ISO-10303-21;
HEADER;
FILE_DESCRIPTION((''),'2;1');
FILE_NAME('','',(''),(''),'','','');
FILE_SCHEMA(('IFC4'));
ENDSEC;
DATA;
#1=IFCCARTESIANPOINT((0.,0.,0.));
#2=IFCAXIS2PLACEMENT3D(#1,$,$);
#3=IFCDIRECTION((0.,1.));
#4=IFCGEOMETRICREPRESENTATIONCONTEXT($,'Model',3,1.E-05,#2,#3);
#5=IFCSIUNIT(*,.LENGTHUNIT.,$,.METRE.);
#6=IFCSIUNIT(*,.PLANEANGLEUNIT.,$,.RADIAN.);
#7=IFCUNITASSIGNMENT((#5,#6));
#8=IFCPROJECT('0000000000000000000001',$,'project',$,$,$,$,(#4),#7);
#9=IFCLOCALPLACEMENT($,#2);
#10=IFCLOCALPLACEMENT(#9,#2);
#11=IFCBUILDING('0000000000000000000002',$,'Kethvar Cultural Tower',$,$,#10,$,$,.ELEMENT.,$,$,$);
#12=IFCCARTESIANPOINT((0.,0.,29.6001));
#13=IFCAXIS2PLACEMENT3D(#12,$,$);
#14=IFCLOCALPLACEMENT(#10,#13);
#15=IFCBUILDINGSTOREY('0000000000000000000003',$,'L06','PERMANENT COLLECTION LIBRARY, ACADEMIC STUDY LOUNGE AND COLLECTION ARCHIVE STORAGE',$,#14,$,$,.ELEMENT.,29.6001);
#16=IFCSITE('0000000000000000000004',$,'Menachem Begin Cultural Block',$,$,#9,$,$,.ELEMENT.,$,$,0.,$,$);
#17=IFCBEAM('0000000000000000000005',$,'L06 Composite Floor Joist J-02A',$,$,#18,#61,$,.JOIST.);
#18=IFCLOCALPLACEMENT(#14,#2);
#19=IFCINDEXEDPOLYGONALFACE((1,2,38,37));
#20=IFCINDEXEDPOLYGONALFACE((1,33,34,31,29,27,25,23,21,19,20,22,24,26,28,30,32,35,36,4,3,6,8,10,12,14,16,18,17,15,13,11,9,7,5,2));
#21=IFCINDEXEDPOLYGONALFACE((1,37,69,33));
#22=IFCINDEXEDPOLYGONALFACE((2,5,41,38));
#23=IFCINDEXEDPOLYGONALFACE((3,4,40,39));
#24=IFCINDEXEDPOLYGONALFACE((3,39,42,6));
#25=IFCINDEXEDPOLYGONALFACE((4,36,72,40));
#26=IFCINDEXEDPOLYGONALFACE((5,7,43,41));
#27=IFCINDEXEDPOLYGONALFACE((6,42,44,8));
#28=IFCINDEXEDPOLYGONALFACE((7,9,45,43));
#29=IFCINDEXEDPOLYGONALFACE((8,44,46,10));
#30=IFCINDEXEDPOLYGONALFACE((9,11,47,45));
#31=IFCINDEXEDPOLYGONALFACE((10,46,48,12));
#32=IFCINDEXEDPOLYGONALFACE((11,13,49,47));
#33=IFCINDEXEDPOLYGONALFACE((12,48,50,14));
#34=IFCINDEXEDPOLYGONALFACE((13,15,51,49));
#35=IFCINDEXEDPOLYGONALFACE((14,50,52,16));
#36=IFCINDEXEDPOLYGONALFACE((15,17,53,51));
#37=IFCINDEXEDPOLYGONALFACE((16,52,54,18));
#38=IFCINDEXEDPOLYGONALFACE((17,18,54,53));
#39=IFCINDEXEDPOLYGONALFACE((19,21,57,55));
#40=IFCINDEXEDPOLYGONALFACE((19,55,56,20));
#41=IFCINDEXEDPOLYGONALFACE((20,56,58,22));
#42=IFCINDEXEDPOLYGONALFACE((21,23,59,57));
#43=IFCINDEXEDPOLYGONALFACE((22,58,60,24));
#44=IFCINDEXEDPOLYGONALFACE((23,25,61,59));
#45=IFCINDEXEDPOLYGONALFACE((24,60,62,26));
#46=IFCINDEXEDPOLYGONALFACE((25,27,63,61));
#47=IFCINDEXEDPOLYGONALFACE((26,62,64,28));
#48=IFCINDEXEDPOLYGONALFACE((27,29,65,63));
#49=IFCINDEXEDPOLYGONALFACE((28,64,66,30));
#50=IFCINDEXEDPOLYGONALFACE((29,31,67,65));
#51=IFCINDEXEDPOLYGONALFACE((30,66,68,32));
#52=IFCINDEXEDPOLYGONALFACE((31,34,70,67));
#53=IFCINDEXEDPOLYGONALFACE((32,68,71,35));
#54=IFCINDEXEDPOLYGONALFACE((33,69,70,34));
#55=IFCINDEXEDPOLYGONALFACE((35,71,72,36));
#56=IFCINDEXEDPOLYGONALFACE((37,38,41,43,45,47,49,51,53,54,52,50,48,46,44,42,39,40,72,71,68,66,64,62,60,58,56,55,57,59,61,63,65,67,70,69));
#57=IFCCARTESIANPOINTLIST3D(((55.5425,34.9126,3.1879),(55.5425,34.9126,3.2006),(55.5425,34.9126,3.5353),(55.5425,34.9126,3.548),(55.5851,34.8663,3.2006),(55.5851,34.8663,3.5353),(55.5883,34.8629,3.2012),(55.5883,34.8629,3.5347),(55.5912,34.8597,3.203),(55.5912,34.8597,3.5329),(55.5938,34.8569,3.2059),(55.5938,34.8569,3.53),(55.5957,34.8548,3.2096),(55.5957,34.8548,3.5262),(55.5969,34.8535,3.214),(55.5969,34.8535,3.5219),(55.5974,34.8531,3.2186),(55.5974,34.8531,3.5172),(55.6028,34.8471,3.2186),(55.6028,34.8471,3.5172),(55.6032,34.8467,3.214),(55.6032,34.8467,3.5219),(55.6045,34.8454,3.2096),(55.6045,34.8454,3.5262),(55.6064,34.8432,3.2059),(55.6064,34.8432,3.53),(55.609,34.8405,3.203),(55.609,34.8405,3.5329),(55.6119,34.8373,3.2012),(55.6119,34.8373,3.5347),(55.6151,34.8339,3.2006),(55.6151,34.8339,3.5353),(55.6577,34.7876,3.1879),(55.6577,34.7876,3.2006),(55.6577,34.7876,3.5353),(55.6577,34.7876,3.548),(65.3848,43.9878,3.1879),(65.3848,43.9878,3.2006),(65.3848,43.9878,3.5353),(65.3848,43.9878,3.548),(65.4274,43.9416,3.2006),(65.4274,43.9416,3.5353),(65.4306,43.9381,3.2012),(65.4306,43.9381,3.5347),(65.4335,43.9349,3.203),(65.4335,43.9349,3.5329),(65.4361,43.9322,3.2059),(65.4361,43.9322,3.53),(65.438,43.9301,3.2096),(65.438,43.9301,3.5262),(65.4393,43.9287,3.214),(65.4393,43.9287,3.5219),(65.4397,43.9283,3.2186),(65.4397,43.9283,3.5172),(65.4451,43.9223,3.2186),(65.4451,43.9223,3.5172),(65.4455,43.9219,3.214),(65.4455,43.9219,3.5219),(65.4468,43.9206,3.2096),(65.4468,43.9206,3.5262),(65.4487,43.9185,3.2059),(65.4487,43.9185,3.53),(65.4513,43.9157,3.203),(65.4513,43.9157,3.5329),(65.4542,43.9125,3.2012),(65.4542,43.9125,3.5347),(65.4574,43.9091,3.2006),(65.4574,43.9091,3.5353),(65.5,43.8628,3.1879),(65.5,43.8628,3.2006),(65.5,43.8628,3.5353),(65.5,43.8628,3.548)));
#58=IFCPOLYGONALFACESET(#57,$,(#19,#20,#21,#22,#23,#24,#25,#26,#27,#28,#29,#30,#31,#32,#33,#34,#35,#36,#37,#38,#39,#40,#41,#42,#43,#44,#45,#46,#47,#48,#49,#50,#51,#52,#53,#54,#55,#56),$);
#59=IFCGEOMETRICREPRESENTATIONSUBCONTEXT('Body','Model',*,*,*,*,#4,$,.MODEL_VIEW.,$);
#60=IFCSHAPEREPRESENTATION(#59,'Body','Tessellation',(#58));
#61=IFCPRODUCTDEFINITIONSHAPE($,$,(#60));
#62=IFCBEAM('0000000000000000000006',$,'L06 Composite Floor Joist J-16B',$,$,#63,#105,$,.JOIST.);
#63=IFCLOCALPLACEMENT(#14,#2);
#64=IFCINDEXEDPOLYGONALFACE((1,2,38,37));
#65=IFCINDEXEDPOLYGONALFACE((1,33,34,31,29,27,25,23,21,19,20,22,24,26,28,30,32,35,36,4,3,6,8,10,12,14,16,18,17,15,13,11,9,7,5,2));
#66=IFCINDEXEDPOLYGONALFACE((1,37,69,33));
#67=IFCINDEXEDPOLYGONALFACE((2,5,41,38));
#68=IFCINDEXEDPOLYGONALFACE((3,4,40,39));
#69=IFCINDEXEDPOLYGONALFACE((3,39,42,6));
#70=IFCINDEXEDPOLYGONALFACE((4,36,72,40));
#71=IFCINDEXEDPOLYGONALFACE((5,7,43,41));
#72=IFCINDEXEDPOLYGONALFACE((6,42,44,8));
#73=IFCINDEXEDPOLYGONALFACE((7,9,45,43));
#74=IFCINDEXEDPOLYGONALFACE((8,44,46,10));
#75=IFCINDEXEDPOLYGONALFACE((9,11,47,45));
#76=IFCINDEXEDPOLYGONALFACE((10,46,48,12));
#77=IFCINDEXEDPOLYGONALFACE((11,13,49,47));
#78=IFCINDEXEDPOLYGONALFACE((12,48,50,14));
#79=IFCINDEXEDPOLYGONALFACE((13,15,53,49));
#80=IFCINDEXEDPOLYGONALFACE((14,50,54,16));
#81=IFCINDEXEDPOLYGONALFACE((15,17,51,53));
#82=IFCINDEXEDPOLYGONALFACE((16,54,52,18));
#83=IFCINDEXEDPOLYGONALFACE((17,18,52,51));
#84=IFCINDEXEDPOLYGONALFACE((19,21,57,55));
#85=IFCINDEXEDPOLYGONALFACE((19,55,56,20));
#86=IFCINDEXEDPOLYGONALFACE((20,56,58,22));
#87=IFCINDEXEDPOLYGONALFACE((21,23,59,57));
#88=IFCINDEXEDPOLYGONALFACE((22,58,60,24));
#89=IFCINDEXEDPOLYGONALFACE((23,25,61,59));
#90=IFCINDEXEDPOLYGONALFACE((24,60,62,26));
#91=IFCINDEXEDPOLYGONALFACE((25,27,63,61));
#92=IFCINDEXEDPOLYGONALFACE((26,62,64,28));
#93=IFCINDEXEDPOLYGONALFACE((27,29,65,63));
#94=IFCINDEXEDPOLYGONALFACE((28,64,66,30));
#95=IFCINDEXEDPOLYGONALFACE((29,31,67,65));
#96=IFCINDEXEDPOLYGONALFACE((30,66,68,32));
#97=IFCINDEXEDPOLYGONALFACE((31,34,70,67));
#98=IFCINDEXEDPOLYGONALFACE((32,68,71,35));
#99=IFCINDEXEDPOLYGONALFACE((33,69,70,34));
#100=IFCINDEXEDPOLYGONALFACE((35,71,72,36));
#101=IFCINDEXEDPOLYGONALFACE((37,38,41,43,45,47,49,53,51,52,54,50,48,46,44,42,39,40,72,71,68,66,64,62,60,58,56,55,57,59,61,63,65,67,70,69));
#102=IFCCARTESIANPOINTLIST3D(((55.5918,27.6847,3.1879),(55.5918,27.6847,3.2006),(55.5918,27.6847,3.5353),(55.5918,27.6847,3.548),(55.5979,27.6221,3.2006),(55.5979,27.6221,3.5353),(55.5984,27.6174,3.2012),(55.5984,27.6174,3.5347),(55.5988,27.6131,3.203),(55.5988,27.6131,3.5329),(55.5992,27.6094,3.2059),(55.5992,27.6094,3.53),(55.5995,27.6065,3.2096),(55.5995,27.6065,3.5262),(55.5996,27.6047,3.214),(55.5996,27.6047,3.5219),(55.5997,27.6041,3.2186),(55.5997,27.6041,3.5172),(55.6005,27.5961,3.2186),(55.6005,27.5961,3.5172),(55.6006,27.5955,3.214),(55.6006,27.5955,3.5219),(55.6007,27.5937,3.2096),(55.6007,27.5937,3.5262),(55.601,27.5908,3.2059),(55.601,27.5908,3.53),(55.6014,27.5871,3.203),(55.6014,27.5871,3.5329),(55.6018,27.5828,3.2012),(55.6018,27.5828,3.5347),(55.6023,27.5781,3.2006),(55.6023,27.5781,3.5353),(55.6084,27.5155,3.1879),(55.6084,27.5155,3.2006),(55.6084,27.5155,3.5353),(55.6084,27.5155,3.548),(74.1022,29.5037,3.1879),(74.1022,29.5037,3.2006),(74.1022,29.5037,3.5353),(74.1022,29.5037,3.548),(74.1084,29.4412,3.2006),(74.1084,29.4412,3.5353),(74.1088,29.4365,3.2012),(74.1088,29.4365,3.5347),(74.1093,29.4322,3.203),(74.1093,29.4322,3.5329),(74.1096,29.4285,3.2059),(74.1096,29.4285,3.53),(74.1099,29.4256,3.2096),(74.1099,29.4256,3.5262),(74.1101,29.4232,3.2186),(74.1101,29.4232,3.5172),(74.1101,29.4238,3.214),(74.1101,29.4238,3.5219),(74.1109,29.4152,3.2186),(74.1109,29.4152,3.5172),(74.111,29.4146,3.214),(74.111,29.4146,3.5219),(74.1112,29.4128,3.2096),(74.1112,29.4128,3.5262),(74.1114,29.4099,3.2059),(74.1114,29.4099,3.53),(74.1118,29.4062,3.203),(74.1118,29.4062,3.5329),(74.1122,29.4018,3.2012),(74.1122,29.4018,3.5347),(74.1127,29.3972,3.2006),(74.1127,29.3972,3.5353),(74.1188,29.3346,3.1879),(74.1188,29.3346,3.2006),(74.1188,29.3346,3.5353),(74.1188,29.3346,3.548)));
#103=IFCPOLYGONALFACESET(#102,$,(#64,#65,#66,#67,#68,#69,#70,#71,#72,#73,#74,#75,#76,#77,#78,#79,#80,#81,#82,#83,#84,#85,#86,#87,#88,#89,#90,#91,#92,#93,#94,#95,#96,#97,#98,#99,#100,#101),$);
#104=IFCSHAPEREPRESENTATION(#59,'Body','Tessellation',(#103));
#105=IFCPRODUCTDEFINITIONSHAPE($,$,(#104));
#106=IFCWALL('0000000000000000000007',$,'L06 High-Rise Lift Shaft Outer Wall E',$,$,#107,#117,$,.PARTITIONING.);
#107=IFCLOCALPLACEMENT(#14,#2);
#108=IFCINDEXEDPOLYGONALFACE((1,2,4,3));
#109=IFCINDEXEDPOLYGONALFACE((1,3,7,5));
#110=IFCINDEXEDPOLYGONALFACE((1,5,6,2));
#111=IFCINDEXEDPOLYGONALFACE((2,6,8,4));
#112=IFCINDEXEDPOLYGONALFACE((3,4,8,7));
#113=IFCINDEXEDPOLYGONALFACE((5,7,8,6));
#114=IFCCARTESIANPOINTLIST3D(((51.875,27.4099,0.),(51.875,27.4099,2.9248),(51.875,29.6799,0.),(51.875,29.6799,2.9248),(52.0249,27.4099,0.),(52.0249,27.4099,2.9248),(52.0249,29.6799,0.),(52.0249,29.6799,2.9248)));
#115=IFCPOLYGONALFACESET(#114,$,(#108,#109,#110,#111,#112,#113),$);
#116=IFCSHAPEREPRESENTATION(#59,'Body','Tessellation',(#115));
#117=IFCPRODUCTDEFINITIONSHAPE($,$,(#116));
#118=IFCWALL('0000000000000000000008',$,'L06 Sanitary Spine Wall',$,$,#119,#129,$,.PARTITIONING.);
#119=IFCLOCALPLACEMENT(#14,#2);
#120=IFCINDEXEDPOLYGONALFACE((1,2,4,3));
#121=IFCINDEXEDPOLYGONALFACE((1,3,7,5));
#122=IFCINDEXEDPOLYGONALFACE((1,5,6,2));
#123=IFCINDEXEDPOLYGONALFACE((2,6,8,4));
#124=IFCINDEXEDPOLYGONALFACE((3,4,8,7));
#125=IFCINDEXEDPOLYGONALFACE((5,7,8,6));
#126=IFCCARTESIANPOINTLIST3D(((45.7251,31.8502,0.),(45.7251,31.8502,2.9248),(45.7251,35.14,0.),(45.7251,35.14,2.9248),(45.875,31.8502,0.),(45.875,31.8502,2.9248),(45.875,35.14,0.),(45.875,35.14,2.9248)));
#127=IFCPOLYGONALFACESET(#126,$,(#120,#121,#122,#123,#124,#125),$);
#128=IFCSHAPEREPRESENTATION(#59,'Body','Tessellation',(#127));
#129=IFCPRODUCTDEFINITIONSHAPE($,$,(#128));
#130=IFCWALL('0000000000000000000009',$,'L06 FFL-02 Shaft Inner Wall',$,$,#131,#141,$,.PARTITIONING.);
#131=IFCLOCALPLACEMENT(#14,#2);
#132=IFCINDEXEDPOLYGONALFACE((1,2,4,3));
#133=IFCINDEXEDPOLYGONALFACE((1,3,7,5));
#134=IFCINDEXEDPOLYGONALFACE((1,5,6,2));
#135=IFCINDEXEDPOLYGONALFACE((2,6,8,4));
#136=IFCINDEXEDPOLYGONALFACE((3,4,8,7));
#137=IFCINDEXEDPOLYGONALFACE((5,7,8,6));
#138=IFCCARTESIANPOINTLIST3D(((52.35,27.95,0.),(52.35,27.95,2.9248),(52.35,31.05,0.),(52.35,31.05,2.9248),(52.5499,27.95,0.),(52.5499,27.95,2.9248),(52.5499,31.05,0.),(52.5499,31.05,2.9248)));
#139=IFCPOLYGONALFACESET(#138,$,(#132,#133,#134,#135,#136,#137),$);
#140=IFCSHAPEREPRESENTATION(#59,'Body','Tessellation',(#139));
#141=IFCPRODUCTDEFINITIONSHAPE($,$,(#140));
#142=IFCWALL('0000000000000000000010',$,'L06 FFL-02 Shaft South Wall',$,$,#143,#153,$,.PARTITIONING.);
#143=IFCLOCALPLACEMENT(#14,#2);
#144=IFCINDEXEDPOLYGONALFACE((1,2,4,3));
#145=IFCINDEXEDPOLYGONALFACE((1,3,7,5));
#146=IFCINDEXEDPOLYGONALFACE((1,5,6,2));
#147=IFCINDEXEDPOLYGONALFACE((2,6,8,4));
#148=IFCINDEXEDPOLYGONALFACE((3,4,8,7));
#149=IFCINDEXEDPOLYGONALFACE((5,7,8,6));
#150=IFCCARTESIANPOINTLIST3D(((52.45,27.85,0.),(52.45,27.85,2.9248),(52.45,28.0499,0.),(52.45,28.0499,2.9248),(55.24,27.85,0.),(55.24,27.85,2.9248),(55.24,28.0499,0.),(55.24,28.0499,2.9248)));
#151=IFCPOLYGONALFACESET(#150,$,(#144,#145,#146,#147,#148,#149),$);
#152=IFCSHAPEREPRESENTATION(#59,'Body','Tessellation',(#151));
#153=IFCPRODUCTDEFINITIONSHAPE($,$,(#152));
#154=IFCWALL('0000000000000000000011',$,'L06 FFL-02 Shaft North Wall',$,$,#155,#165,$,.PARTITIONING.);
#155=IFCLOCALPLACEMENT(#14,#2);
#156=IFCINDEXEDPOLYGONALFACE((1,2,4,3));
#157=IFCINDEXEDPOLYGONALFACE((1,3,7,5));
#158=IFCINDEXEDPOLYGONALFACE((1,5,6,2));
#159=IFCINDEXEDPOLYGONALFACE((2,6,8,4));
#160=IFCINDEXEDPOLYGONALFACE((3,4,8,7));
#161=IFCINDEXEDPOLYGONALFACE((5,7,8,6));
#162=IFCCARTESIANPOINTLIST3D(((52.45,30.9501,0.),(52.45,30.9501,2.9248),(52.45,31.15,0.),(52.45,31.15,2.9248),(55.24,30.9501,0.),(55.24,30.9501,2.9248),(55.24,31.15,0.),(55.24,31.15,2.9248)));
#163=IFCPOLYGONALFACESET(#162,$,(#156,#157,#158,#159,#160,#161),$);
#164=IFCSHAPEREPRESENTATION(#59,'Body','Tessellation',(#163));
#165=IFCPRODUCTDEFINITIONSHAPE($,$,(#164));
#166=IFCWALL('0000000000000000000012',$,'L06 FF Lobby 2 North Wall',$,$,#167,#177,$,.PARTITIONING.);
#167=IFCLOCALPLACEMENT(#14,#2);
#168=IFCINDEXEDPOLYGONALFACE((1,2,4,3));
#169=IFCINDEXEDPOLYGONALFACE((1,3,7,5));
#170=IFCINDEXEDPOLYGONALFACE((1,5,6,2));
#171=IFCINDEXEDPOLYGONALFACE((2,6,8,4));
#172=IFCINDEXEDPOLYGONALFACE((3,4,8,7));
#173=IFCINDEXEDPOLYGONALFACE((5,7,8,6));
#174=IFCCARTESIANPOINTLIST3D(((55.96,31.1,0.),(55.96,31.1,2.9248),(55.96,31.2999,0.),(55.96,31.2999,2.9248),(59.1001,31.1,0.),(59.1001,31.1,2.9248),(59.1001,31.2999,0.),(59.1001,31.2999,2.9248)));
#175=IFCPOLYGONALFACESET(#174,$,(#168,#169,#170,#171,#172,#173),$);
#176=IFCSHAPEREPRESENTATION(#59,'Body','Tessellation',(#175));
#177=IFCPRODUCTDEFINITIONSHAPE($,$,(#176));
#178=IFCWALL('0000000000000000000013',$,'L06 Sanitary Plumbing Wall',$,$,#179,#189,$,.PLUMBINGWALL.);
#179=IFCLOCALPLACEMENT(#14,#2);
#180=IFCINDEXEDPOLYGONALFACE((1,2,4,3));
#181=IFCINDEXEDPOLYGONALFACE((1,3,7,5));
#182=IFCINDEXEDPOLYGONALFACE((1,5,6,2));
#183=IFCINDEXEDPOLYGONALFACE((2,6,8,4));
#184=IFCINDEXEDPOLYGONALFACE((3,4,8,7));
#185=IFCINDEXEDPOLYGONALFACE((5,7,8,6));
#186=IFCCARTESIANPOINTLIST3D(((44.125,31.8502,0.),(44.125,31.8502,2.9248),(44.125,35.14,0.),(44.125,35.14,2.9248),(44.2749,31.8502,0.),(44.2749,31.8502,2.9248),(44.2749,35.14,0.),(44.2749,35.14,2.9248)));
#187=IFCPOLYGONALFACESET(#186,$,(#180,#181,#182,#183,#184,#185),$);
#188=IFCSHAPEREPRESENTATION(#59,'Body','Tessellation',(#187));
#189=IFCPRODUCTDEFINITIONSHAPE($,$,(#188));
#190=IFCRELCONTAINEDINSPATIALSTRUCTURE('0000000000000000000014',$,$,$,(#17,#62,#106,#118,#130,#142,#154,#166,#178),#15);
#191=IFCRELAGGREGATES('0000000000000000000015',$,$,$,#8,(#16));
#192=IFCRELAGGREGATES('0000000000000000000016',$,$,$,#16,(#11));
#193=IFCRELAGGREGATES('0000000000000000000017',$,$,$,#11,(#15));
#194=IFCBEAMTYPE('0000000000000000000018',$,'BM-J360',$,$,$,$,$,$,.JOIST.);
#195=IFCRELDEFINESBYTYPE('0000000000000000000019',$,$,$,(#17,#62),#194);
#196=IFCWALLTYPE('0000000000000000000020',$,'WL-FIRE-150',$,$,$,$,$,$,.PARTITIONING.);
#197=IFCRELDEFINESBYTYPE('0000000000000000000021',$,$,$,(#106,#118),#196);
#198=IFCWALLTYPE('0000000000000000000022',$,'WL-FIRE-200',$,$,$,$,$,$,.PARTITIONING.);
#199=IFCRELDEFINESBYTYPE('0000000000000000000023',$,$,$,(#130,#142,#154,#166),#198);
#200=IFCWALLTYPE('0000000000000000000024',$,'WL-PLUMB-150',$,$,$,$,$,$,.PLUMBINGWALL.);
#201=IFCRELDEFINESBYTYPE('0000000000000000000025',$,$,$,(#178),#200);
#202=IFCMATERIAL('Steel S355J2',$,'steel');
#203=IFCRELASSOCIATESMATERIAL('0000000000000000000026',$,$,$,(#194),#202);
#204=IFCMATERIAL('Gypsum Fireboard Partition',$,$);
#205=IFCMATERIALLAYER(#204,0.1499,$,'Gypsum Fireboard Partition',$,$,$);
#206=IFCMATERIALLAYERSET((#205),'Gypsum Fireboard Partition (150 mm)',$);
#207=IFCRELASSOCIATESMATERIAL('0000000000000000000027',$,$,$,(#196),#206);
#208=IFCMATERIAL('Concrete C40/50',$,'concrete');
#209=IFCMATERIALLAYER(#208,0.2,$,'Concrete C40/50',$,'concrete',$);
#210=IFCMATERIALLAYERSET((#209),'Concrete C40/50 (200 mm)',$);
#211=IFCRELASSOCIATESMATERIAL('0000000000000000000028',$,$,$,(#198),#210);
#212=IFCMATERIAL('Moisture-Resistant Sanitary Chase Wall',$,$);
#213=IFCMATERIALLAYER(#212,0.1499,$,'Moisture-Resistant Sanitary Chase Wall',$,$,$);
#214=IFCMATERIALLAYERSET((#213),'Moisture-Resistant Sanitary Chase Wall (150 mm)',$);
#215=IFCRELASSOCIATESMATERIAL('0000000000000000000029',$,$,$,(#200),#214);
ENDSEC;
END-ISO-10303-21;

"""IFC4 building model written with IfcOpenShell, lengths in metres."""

from ifc_helpers import new_model, si_unit, direction, frame, frame_2d, origin, origin_2d, place, context, subcontext, project, spatial, rectangle, i_section, extrude, source, transform, mapped, material, layer, layer_set, material_profile, profile_set, type_object, element, save


model = new_model("IFC4")

# Units and contexts
model_context = context("Model", 3, precision=1e-05, world=origin(), true_north=direction((0.0, 1.0)))
body_context = subcontext(model_context, "Body", "Model", "MODEL_VIEW")
ifc_project = project(units=[si_unit("LENGTHUNIT", "METRE"), si_unit("PLANEANGLEUNIT", "RADIAN")], contexts=[model_context])

# Site, building, storey
site_placement = place(None, origin())
site = spatial("IfcSite", under=ifc_project, at=site_placement, Name="Menachem Begin Cultural Block", CompositionType="ELEMENT", RefElevation=0.0)
building_placement = place(site_placement, origin())
building = spatial("IfcBuilding", under=site, at=building_placement, Name="Kethvar Cultural Tower", CompositionType="ELEMENT")
storey_placement = place(building_placement, frame((0.0, 0.0, 29.6001)))
storey = spatial("IfcBuildingStorey", under=building, at=storey_placement, Name="L06", Description="PERMANENT COLLECTION LIBRARY, ACADEMIC STUDY LOUNGE AND COLLECTION ARCHIVE STORAGE", CompositionType="ELEMENT", Elevation=29.6001)

# Beams
ifc_material_1 = material(Name="Steel S355J2", Category="steel")
ifc_material_profile_1 = material_profile(ifc_material_1, i_section(OverallWidth=0.1699, OverallDepth=0.3601, WebThickness=0.0081, FlangeThickness=0.0127, FilletRadius=0.0181, at=origin_2d()), Name="Steel S355J2 — IPE360")
ifc_profile_set_1 = profile_set([ifc_material_profile_1], Name="Steel S355J2 — IPE360")
beam_type_1 = type_object("IfcBeamType", Name="BM-J360", PredefinedType="JOIST", material=ifc_profile_set_1)
shared_shape_1 = source(origin(), body_context, "Body", "SweptSolid", [
    extrude(i_section(OverallWidth=0.1699, OverallDepth=0.3601, WebThickness=0.0081, FlangeThickness=0.0127, FilletRadius=0.0181, at=origin_2d()), origin(), (0.0, 0.0, 1.0), 13.3877),
])
beam_1_placement = place(storey_placement, frame((55.6001, 34.8501, 3.3679), z_axis=(0.735175, 0.677877, 0.0), x_axis=(-0.677877, 0.735175, 0.0)))
element("IfcBeam", 1, at=beam_1_placement, inside=storey, type_object=beam_type_1, Name="L06 Composite Floor Joist J-02A", PredefinedType="JOIST", context=body_context, shape_type="MappedRepresentation", body=[
    mapped(shared_shape_1, transform((0.0, 0.0, 0.0), scale=1.0)),
])
shared_shape_2 = source(origin(), body_context, "Body", "SweptSolid", [
    extrude(i_section(OverallWidth=0.1699, OverallDepth=0.3601, WebThickness=0.0081, FlangeThickness=0.0127, FilletRadius=0.0181, at=origin_2d()), origin(), (0.0, 0.0, 1.0), 18.5996),
])
beam_2_placement = place(storey_placement, frame((55.6001, 27.6001, 3.3679), z_axis=(0.995206, 0.097802, 0.0), x_axis=(-0.097802, 0.995206, 0.0)))
element("IfcBeam", 2, at=beam_2_placement, inside=storey, type_object=beam_type_1, Name="L06 Composite Floor Joist J-16B", PredefinedType="JOIST", context=body_context, shape_type="MappedRepresentation", body=[
    mapped(shared_shape_2, transform((0.0, 0.0, 0.0), scale=1.0)),
])

# Walls
ifc_material_2 = material(Name="Gypsum Fireboard Partition")
ifc_layer_1 = layer(ifc_material_2, 0.1499, Name="Gypsum Fireboard Partition")
ifc_layer_set_1 = layer_set([ifc_layer_1], Name="Gypsum Fireboard Partition (150 mm)")
wall_type_1 = type_object("IfcWallType", Name="WL-FIRE-150", PredefinedType="PARTITIONING", material=ifc_layer_set_1)
wall_1_placement = place(storey_placement, frame((51.95, 27.4099, 0.0), z_axis=(0.0, 0.0, 1.0), x_axis=(0.0, 1.0, 0.0)))
element("IfcWall", 3, at=wall_1_placement, inside=storey, type_object=wall_type_1, Name="L06 High-Rise Lift Shaft Outer Wall E", PredefinedType="PARTITIONING", context=body_context, shape_type="SweptSolid", body=[
    extrude(rectangle(XDim=2.27, YDim=0.1499, at=frame_2d((1.135, 0.0))), origin(), (0.0, 0.0, 1.0), 2.9248),
])
wall_2_placement = place(storey_placement, frame((45.8, 31.8501, 0.0), z_axis=(0.0, 0.0, 1.0), x_axis=(0.0, 1.0, 0.0)))
element("IfcWall", 4, at=wall_2_placement, inside=storey, type_object=wall_type_1, Name="L06 Sanitary Spine Wall", PredefinedType="PARTITIONING", context=body_context, shape_type="SweptSolid", body=[
    extrude(rectangle(XDim=3.2898, YDim=0.1499, at=frame_2d((1.645, 0.0))), origin(), (0.0, 0.0, 1.0), 2.9248),
])
ifc_material_3 = material(Name="Concrete C40/50", Category="concrete")
ifc_layer_2 = layer(ifc_material_3, 0.2, Name="Concrete C40/50", Category="concrete")
ifc_layer_set_2 = layer_set([ifc_layer_2], Name="Concrete C40/50 (200 mm)")
wall_type_2 = type_object("IfcWallType", Name="WL-FIRE-200", PredefinedType="PARTITIONING", material=ifc_layer_set_2)
wall_3_placement = place(storey_placement, frame((52.45, 27.95, 0.0), z_axis=(0.0, 0.0, 1.0), x_axis=(0.0, 1.0, 0.0)))
element("IfcWall", 5, at=wall_3_placement, inside=storey, type_object=wall_type_2, Name="L06 FFL-02 Shaft Inner Wall", PredefinedType="PARTITIONING", context=body_context, shape_type="SweptSolid", body=[
    extrude(rectangle(XDim=3.1001, YDim=0.2, at=frame_2d((1.55, 0.0))), origin(), (0.0, 0.0, 1.0), 2.9248),
])
for number, where, z_axis, x_axis, name in (
    (6, (52.45, 27.95, 0.0), (0.0, 0.0, 1.0), (1.0, 0.0, 0.0), "L06 FFL-02 Shaft South Wall"),
    (7, (52.45, 31.05, 0.0), (0.0, 0.0, 1.0), (1.0, 0.0, 0.0), "L06 FFL-02 Shaft North Wall"),
):
    element("IfcWall", number, at=place(storey_placement, frame(where, z_axis=z_axis, x_axis=x_axis)), inside=storey, type_object=wall_type_2, Name=name, PredefinedType="PARTITIONING", context=body_context, shape_type="SweptSolid", body=[
        extrude(rectangle(XDim=2.79, YDim=0.2, at=frame_2d((1.395, 0.0))), origin(), (0.0, 0.0, 1.0), 2.9248),
    ])
wall_4_placement = place(storey_placement, frame((55.96, 31.2, 0.0), z_axis=(0.0, 0.0, 1.0), x_axis=(1.0, 0.0, 0.0)))
element("IfcWall", 8, at=wall_4_placement, inside=storey, type_object=wall_type_2, Name="L06 FF Lobby 2 North Wall", PredefinedType="PARTITIONING", context=body_context, shape_type="SweptSolid", body=[
    extrude(rectangle(XDim=3.1401, YDim=0.2, at=frame_2d((1.5701, 0.0))), origin(), (0.0, 0.0, 1.0), 2.9248),
])
ifc_material_4 = material(Name="Moisture-Resistant Sanitary Chase Wall")
ifc_layer_3 = layer(ifc_material_4, 0.1499, Name="Moisture-Resistant Sanitary Chase Wall")
ifc_layer_set_3 = layer_set([ifc_layer_3], Name="Moisture-Resistant Sanitary Chase Wall (150 mm)")
wall_type_3 = type_object("IfcWallType", Name="WL-PLUMB-150", PredefinedType="PLUMBINGWALL", material=ifc_layer_set_3)
wall_5_placement = place(storey_placement, frame((44.2, 31.8501, 0.0), z_axis=(0.0, 0.0, 1.0), x_axis=(0.0, 1.0, 0.0)))
element("IfcWall", 9, at=wall_5_placement, inside=storey, type_object=wall_type_3, Name="L06 Sanitary Plumbing Wall", PredefinedType="PLUMBINGWALL", context=body_context, shape_type="SweptSolid", body=[
    extrude(rectangle(XDim=3.2898, YDim=0.1499, at=frame_2d((1.645, 0.0))), origin(), (0.0, 0.0, 1.0), 2.9248),
])

save(model, "model.ifc")
